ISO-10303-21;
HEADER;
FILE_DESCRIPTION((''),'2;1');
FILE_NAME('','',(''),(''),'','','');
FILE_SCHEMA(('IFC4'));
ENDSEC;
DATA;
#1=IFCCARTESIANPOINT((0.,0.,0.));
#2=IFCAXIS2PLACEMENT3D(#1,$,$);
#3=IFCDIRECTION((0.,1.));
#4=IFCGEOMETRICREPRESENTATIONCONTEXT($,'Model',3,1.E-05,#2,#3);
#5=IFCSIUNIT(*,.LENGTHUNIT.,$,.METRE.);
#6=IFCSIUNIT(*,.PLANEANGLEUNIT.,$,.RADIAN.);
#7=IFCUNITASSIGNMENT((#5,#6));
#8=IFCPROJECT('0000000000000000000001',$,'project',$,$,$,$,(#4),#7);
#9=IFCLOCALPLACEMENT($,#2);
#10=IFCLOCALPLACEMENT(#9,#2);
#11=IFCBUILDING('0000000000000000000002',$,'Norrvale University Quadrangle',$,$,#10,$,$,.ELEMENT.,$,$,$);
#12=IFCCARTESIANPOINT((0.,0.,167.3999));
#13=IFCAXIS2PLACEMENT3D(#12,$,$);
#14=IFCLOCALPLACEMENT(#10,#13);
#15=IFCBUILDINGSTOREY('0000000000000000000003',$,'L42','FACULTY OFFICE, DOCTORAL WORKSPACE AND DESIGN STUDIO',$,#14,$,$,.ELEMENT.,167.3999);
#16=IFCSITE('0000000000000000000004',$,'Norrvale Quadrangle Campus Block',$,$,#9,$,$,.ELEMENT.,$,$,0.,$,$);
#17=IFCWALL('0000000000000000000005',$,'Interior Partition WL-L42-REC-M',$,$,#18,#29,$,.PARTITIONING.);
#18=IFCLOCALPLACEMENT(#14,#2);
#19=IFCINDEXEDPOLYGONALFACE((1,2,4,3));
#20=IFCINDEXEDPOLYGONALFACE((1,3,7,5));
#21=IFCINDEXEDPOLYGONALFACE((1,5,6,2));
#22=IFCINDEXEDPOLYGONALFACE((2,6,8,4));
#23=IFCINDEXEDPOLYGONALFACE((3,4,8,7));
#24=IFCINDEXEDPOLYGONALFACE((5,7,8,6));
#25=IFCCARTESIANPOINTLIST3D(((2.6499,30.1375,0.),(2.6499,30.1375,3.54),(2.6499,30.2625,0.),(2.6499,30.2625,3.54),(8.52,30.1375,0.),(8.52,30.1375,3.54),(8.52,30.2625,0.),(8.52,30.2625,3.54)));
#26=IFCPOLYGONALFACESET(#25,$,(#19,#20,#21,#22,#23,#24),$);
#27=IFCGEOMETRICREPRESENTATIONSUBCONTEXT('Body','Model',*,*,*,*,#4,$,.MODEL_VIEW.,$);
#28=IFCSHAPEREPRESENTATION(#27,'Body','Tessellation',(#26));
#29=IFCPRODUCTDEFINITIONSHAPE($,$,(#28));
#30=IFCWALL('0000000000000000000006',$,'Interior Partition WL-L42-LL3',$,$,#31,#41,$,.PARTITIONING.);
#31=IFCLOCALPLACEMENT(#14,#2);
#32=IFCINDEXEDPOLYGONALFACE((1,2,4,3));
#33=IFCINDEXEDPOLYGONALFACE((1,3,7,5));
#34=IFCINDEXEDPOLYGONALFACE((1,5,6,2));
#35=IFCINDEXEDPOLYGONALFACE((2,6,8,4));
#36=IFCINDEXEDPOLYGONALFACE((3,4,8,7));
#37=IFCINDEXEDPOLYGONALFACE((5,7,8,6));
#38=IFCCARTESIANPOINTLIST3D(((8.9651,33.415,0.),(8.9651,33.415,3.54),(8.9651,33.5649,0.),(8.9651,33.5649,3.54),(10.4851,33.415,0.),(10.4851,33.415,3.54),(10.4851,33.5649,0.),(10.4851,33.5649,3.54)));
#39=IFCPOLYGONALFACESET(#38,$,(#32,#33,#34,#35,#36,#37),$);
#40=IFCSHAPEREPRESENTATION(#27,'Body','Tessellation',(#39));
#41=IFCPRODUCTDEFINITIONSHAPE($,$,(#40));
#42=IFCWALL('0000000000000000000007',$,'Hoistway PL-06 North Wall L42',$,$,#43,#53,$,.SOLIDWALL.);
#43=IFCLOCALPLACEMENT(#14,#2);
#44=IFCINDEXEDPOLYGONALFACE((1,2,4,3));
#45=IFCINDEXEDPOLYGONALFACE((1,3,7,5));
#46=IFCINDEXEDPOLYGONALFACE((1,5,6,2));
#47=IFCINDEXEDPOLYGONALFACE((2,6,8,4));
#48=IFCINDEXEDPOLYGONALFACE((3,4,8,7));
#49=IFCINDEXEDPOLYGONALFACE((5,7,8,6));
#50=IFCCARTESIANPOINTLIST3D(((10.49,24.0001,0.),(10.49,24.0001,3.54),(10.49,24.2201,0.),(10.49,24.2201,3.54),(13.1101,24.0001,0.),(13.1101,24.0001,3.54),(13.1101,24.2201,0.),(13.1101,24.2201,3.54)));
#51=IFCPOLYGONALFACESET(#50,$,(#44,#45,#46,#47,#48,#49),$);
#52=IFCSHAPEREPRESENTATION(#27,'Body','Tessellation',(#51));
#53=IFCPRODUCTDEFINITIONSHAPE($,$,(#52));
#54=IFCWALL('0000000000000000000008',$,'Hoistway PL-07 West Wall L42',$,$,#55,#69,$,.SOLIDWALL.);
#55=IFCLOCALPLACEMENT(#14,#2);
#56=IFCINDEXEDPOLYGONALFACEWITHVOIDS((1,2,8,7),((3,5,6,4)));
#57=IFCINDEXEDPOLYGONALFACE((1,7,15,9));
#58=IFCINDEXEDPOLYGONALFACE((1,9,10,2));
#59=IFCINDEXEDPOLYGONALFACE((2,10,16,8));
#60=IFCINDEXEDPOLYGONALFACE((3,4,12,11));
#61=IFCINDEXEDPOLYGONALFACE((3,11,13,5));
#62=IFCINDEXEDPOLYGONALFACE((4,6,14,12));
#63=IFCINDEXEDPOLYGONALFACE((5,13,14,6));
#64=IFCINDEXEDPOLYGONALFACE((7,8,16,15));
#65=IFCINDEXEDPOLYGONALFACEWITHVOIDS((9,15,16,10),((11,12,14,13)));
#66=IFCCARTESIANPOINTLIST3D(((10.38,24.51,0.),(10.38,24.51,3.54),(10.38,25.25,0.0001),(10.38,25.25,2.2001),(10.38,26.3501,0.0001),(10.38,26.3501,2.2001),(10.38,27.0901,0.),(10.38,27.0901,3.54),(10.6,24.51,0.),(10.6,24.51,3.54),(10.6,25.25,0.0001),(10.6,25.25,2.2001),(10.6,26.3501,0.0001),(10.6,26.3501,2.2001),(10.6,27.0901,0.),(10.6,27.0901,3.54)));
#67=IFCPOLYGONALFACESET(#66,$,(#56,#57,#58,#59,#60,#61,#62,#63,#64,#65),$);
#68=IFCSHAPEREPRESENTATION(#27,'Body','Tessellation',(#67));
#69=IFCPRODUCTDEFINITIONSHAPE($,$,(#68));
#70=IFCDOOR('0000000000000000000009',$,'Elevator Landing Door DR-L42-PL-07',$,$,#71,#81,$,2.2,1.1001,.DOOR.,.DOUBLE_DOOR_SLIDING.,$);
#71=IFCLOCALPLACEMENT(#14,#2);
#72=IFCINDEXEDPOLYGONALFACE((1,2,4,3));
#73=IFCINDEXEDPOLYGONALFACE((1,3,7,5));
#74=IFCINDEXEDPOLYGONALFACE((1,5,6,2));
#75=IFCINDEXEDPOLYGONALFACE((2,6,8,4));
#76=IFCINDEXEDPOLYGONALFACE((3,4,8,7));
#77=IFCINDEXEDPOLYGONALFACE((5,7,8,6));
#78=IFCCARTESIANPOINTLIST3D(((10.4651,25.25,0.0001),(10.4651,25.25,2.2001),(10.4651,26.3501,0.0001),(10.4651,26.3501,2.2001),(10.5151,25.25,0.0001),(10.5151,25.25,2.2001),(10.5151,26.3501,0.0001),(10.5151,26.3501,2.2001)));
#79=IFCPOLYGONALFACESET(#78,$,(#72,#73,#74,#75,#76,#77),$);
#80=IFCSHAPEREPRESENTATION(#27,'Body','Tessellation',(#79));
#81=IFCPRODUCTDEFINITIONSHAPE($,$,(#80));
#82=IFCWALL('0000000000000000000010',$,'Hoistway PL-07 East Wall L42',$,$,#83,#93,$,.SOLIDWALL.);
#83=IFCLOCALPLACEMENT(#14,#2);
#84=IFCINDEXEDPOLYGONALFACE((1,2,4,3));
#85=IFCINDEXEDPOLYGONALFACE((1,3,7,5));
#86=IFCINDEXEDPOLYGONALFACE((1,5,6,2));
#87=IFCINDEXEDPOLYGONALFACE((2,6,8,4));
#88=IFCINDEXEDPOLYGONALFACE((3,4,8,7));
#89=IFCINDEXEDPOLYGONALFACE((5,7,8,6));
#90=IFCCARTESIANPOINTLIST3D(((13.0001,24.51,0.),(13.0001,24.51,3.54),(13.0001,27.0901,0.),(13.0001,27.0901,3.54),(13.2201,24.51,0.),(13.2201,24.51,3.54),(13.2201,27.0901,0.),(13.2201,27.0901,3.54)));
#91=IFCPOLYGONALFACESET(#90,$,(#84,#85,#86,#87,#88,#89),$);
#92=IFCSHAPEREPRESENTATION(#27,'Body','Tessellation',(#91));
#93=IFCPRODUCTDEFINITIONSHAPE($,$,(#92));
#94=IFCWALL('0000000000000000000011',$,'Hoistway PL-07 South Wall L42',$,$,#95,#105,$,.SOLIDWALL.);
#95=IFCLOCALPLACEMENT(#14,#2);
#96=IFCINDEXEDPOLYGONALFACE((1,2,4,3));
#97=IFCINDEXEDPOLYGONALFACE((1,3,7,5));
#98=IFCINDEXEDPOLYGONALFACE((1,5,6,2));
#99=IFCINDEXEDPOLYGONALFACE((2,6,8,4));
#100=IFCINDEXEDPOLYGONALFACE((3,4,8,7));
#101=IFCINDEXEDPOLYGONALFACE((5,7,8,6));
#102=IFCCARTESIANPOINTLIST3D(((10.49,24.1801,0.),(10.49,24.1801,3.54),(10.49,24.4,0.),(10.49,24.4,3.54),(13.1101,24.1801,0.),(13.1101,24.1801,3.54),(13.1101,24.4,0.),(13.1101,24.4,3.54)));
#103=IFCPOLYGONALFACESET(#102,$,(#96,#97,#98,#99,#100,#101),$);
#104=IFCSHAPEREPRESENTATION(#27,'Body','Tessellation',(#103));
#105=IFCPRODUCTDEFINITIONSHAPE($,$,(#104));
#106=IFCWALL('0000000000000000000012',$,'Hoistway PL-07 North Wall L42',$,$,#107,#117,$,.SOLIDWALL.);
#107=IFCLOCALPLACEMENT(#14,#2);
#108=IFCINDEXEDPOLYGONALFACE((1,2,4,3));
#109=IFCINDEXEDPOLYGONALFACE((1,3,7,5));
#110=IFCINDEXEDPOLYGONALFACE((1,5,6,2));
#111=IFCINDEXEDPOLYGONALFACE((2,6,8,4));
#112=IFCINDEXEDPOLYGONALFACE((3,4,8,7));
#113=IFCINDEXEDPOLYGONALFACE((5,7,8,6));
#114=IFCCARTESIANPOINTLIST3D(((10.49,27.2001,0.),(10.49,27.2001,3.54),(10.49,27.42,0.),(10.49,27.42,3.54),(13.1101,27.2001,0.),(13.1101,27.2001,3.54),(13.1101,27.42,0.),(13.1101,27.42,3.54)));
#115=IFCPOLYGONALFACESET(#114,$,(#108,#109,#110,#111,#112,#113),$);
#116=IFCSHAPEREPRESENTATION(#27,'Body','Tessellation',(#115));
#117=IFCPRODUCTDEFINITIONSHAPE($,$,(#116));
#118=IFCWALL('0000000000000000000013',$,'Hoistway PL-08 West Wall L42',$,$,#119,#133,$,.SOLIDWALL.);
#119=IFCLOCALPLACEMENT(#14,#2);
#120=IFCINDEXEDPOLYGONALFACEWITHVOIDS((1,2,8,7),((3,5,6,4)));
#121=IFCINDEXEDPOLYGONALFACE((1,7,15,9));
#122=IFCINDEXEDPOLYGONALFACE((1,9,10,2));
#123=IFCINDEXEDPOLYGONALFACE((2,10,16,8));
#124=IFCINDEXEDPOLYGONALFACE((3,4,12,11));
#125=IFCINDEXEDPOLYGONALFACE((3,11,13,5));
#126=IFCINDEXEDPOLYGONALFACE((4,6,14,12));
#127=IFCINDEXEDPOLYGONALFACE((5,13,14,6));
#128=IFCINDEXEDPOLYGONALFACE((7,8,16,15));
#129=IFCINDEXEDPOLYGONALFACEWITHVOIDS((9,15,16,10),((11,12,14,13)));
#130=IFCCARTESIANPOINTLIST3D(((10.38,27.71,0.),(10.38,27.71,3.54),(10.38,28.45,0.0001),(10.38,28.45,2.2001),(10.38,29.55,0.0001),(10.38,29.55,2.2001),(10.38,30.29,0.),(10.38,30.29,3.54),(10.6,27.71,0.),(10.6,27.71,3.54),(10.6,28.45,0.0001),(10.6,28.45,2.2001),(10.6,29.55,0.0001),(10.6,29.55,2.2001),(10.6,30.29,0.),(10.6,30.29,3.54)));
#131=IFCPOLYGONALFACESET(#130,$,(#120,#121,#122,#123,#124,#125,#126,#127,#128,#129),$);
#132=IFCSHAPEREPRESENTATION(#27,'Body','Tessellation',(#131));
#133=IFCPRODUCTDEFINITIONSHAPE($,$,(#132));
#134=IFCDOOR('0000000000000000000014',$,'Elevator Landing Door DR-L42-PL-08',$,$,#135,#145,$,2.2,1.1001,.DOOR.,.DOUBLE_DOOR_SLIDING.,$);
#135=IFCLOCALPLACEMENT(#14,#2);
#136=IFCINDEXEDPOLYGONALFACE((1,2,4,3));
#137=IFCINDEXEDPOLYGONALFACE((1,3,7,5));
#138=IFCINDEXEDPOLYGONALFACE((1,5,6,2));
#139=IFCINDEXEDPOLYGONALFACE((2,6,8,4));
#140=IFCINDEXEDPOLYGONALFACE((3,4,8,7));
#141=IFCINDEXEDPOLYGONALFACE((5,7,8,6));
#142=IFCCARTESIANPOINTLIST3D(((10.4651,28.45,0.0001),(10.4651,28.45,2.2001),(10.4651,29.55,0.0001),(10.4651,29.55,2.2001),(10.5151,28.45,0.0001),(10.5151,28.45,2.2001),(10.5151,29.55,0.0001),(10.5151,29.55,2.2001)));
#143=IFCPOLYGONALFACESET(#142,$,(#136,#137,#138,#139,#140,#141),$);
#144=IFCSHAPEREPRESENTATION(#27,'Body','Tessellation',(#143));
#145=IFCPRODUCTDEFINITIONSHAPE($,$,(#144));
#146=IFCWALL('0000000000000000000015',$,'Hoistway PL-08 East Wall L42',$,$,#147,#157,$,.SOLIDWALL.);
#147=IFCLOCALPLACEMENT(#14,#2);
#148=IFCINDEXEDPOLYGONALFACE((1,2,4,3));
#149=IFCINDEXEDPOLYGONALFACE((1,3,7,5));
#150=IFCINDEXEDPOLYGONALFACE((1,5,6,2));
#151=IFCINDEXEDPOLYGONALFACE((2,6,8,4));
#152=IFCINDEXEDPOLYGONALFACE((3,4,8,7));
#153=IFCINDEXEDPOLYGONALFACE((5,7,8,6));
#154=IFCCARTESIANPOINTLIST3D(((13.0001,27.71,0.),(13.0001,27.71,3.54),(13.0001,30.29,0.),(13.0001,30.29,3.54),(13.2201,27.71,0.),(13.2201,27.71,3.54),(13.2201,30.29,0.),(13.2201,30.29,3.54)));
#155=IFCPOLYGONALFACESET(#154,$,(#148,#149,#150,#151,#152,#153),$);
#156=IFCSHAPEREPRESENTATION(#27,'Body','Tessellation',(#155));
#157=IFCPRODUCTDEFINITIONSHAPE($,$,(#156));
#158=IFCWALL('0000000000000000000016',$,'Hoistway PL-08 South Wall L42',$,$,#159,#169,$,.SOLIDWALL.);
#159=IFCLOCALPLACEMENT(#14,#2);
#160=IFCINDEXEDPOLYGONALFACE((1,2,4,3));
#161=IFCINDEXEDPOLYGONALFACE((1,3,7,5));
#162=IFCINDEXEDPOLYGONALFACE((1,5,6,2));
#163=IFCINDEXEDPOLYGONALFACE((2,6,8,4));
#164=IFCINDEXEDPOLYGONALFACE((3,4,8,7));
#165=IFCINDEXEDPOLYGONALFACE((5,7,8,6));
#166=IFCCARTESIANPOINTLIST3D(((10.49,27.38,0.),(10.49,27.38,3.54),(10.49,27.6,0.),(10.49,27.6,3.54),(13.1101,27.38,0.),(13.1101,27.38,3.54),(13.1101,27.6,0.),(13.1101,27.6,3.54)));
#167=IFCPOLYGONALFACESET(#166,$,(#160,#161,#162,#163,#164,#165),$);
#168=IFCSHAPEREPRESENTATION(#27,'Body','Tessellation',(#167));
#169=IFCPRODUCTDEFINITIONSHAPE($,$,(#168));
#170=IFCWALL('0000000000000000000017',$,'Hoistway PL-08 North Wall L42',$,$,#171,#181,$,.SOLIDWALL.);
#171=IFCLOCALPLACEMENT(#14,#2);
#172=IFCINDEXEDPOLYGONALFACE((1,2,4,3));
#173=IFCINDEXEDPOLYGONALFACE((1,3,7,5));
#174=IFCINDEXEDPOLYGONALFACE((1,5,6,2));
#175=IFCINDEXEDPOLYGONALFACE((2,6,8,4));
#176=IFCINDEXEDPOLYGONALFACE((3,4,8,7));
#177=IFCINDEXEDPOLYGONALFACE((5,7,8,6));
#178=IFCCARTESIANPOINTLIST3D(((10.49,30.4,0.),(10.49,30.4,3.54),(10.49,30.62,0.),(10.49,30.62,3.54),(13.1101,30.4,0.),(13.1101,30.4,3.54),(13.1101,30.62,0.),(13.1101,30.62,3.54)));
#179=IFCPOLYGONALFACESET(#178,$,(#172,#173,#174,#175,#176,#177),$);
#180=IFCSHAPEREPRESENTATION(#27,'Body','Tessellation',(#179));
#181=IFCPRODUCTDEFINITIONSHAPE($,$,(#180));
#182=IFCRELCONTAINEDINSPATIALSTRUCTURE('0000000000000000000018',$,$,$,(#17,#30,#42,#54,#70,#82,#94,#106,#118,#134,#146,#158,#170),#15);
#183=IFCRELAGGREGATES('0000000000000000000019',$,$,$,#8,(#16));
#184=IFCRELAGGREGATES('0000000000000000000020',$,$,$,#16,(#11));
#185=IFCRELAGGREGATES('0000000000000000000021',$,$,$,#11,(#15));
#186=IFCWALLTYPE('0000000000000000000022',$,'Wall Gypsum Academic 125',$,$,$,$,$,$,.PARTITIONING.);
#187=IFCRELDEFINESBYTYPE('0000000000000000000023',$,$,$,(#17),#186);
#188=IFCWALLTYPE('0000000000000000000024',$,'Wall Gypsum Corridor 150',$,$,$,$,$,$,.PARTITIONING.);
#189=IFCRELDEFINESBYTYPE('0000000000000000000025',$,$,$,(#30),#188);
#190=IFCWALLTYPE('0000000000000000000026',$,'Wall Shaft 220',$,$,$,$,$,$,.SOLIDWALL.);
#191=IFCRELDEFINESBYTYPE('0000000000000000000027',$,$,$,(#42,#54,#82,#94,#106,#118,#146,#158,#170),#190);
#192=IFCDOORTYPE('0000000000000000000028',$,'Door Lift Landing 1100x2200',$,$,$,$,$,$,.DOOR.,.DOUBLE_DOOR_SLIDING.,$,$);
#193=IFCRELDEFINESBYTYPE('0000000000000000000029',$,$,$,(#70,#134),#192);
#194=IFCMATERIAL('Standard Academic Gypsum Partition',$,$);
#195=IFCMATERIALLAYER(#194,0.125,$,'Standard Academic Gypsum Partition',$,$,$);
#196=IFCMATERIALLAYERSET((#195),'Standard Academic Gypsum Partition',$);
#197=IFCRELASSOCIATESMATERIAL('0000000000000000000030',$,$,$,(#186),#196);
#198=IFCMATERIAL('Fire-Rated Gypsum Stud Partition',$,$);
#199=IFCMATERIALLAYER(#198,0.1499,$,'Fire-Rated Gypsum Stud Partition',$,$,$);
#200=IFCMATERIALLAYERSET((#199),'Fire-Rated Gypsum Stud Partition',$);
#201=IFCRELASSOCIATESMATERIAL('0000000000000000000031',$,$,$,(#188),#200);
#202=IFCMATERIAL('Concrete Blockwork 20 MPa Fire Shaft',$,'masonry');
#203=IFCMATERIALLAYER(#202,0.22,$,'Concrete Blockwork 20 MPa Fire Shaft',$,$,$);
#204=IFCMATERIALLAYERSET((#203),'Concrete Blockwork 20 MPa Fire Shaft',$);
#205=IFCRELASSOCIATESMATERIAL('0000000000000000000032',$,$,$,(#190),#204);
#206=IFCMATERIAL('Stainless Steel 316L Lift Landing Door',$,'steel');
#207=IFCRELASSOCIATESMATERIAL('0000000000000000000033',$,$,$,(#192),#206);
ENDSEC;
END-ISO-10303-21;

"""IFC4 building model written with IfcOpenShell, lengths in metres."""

from ifc_helpers import new_model, si_unit, direction, frame, frame_2d, origin, place, context, subcontext, project, spatial, rectangle, extrude, material, layer, layer_set, type_object, element, fill, save


model = new_model("IFC4")

# Units and contexts
model_context = context("Model", 3, precision=1e-05, world=origin(), true_north=direction((0.0, 1.0)))
body_context = subcontext(model_context, "Body", "Model", "MODEL_VIEW")
ifc_project = project(units=[si_unit("LENGTHUNIT", "METRE"), si_unit("PLANEANGLEUNIT", "RADIAN")], contexts=[model_context])

# Site, building, storey
site_placement = place(None, origin())
site = spatial("IfcSite", under=ifc_project, at=site_placement, Name="Norrvale Quadrangle Campus Block", CompositionType="ELEMENT", RefElevation=0.0)
building_placement = place(site_placement, origin())
building = spatial("IfcBuilding", under=site, at=building_placement, Name="Norrvale University Quadrangle", CompositionType="ELEMENT")
storey_placement = place(building_placement, frame((0.0, 0.0, 167.3999)))
storey = spatial("IfcBuildingStorey", under=building, at=storey_placement, Name="L42", Description="FACULTY OFFICE, DOCTORAL WORKSPACE AND DESIGN STUDIO", CompositionType="ELEMENT", Elevation=167.3999)

# Walls
ifc_material_1 = material(Name="Standard Academic Gypsum Partition")
ifc_layer_1 = layer(ifc_material_1, 0.125, Name="Standard Academic Gypsum Partition")
ifc_layer_set_1 = layer_set([ifc_layer_1], Name="Standard Academic Gypsum Partition")
wall_type_1 = type_object("IfcWallType", Name="Wall Gypsum Academic 125", PredefinedType="PARTITIONING", material=ifc_layer_set_1)
wall_1_placement = place(storey_placement, frame((2.6499, 30.2, 0.0), z_axis=(0.0, 0.0, 1.0), x_axis=(1.0, 0.0, 0.0)))
element("IfcWall", 1, at=wall_1_placement, inside=storey, type_object=wall_type_1, Name="Interior Partition WL-L42-REC-M", PredefinedType="PARTITIONING", context=body_context, shape_type="SweptSolid", body=[
    extrude(rectangle(XDim=5.8701, YDim=0.125, at=frame_2d((2.9351, 0.0))), origin(), (0.0, 0.0, 1.0), 3.54),
])
ifc_material_2 = material(Name="Fire-Rated Gypsum Stud Partition")
ifc_layer_2 = layer(ifc_material_2, 0.1499, Name="Fire-Rated Gypsum Stud Partition")
ifc_layer_set_2 = layer_set([ifc_layer_2], Name="Fire-Rated Gypsum Stud Partition")
wall_type_2 = type_object("IfcWallType", Name="Wall Gypsum Corridor 150", PredefinedType="PARTITIONING", material=ifc_layer_set_2)
wall_2_placement = place(storey_placement, frame((8.9651, 33.49, 0.0), z_axis=(0.0, 0.0, 1.0), x_axis=(1.0, 0.0, 0.0)))
element("IfcWall", 2, at=wall_2_placement, inside=storey, type_object=wall_type_2, Name="Interior Partition WL-L42-LL3", PredefinedType="PARTITIONING", context=body_context, shape_type="SweptSolid", body=[
    extrude(rectangle(XDim=1.52, YDim=0.1499, at=frame_2d((0.76, 0.0))), origin(), (0.0, 0.0, 1.0), 3.54),
])
ifc_material_3 = material(Name="Concrete Blockwork 20 MPa Fire Shaft", Category="masonry")
ifc_layer_3 = layer(ifc_material_3, 0.22, Name="Concrete Blockwork 20 MPa Fire Shaft")
ifc_layer_set_3 = layer_set([ifc_layer_3], Name="Concrete Blockwork 20 MPa Fire Shaft")
wall_type_3 = type_object("IfcWallType", Name="Wall Shaft 220", PredefinedType="SOLIDWALL", material=ifc_layer_set_3)
wall_3_placement = place(storey_placement, frame((10.49, 24.1101, 0.0), z_axis=(0.0, 0.0, 1.0), x_axis=(1.0, 0.0, 0.0)))
element("IfcWall", 3, at=wall_3_placement, inside=storey, type_object=wall_type_3, Name="Hoistway PL-06 North Wall L42", PredefinedType="SOLIDWALL", context=body_context, shape_type="SweptSolid", body=[
    extrude(rectangle(XDim=2.6201, YDim=0.22, at=frame_2d((1.3101, 0.0))), origin(), (0.0, 0.0, 1.0), 3.54),
])

# Wall, opening, door
wall_4_placement = place(storey_placement, frame((10.49, 24.51, 0.0), z_axis=(0.0, 0.0, 1.0), x_axis=(0.0, 1.0, 0.0)))
wall_4 = element("IfcWall", 4, at=wall_4_placement, inside=storey, type_object=wall_type_3, Name="Hoistway PL-07 West Wall L42", PredefinedType="SOLIDWALL", context=body_context, shape_type="SweptSolid", body=[
    extrude(rectangle(XDim=2.5801, YDim=0.22, at=frame_2d((1.29, 0.0))), origin(), (0.0, 0.0, 1.0), 3.54),
])
opening_1_placement = place(wall_4_placement, frame((0.74, 0.0, 0.0)))
opening_1 = element("IfcOpeningElement", 5, at=opening_1_placement, cuts=wall_4, PredefinedType="OPENING", context=body_context, shape_type="SweptSolid", body=[
    extrude(rectangle(XDim=1.1001, YDim=2.2, at=frame_2d((0.55, 1.1001))), frame((0.0, 0.1221, 0.0), z_axis=(0.0, -1.0, 0.0), x_axis=(1.0, 0.0, 0.0)), (0.0, 0.0, 1.0), 0.2439),
])
ifc_material_4 = material(Name="Stainless Steel 316L Lift Landing Door", Category="steel")
door_type = type_object("IfcDoorType", Name="Door Lift Landing 1100x2200", OperationType="DOUBLE_DOOR_SLIDING", PredefinedType="DOOR", material=ifc_material_4)
door_1_placement = place(opening_1_placement, origin())
door_1 = element("IfcDoor", 6, at=door_1_placement, inside=storey, type_object=door_type, Name="Elevator Landing Door DR-L42-PL-07", OperationType="DOUBLE_DOOR_SLIDING", OverallHeight=2.2, OverallWidth=1.1001, PredefinedType="DOOR", context=body_context, shape_type="SweptSolid", body=[
    extrude(rectangle(XDim=1.1001, YDim=2.2, at=frame_2d((0.55, 1.1001))), frame((0.0, 0.0249, 0.0), z_axis=(0.0, -1.0, 0.0), x_axis=(1.0, 0.0, 0.0)), (0.0, 0.0, 1.0), 0.05),
])
fill(opening_1, door_1)

# Walls
wall_5_placement = place(storey_placement, frame((13.1101, 24.51, 0.0), z_axis=(0.0, 0.0, 1.0), x_axis=(0.0, 1.0, 0.0)))
element("IfcWall", 7, at=wall_5_placement, inside=storey, type_object=wall_type_3, Name="Hoistway PL-07 East Wall L42", PredefinedType="SOLIDWALL", context=body_context, shape_type="SweptSolid", body=[
    extrude(rectangle(XDim=2.5801, YDim=0.22, at=frame_2d((1.29, 0.0))), origin(), (0.0, 0.0, 1.0), 3.54),
])
for number, where, z_axis, x_axis, name in (
    (8, (10.49, 24.29, 0.0), (0.0, 0.0, 1.0), (1.0, 0.0, 0.0), "Hoistway PL-07 South Wall L42"),
    (9, (10.49, 27.3101, 0.0), (0.0, 0.0, 1.0), (1.0, 0.0, 0.0), "Hoistway PL-07 North Wall L42"),
):
    element("IfcWall", number, at=place(storey_placement, frame(where, z_axis=z_axis, x_axis=x_axis)), inside=storey, type_object=wall_type_3, Name=name, PredefinedType="SOLIDWALL", context=body_context, shape_type="SweptSolid", body=[
        extrude(rectangle(XDim=2.6201, YDim=0.22, at=frame_2d((1.3101, 0.0))), origin(), (0.0, 0.0, 1.0), 3.54),
    ])

# Wall, opening, door
wall_6_placement = place(storey_placement, frame((10.49, 27.71, 0.0), z_axis=(0.0, 0.0, 1.0), x_axis=(0.0, 1.0, 0.0)))
wall_6 = element("IfcWall", 10, at=wall_6_placement, inside=storey, type_object=wall_type_3, Name="Hoistway PL-08 West Wall L42", PredefinedType="SOLIDWALL", context=body_context, shape_type="SweptSolid", body=[
    extrude(rectangle(XDim=2.5801, YDim=0.22, at=frame_2d((1.29, 0.0))), origin(), (0.0, 0.0, 1.0), 3.54),
])
opening_2_placement = place(wall_6_placement, frame((0.74, 0.0, 0.0)))
opening_2 = element("IfcOpeningElement", 11, at=opening_2_placement, cuts=wall_6, PredefinedType="OPENING", context=body_context, shape_type="SweptSolid", body=[
    extrude(rectangle(XDim=1.1001, YDim=2.2, at=frame_2d((0.55, 1.1001))), frame((0.0, 0.1221, 0.0), z_axis=(0.0, -1.0, 0.0), x_axis=(1.0, 0.0, 0.0)), (0.0, 0.0, 1.0), 0.2439),
])
door_2_placement = place(opening_2_placement, origin())
door_2 = element("IfcDoor", 12, at=door_2_placement, inside=storey, type_object=door_type, Name="Elevator Landing Door DR-L42-PL-08", OperationType="DOUBLE_DOOR_SLIDING", OverallHeight=2.2, OverallWidth=1.1001, PredefinedType="DOOR", context=body_context, shape_type="SweptSolid", body=[
    extrude(rectangle(XDim=1.1001, YDim=2.2, at=frame_2d((0.55, 1.1001))), frame((0.0, 0.0249, 0.0), z_axis=(0.0, -1.0, 0.0), x_axis=(1.0, 0.0, 0.0)), (0.0, 0.0, 1.0), 0.05),
])
fill(opening_2, door_2)

# Walls
wall_7_placement = place(storey_placement, frame((13.1101, 27.71, 0.0), z_axis=(0.0, 0.0, 1.0), x_axis=(0.0, 1.0, 0.0)))
element("IfcWall", 13, at=wall_7_placement, inside=storey, type_object=wall_type_3, Name="Hoistway PL-08 East Wall L42", PredefinedType="SOLIDWALL", context=body_context, shape_type="SweptSolid", body=[
    extrude(rectangle(XDim=2.5801, YDim=0.22, at=frame_2d((1.29, 0.0))), origin(), (0.0, 0.0, 1.0), 3.54),
])
for number, where, z_axis, x_axis, name in (
    (14, (10.49, 27.49, 0.0), (0.0, 0.0, 1.0), (1.0, 0.0, 0.0), "Hoistway PL-08 South Wall L42"),
    (15, (10.49, 30.51, 0.0), (0.0, 0.0, 1.0), (1.0, 0.0, 0.0), "Hoistway PL-08 North Wall L42"),
):
    element("IfcWall", number, at=place(storey_placement, frame(where, z_axis=z_axis, x_axis=x_axis)), inside=storey, type_object=wall_type_3, Name=name, PredefinedType="SOLIDWALL", context=body_context, shape_type="SweptSolid", body=[
        extrude(rectangle(XDim=2.6201, YDim=0.22, at=frame_2d((1.3101, 0.0))), origin(), (0.0, 0.0, 1.0), 3.54),
    ])

save(model, "model.ifc")
